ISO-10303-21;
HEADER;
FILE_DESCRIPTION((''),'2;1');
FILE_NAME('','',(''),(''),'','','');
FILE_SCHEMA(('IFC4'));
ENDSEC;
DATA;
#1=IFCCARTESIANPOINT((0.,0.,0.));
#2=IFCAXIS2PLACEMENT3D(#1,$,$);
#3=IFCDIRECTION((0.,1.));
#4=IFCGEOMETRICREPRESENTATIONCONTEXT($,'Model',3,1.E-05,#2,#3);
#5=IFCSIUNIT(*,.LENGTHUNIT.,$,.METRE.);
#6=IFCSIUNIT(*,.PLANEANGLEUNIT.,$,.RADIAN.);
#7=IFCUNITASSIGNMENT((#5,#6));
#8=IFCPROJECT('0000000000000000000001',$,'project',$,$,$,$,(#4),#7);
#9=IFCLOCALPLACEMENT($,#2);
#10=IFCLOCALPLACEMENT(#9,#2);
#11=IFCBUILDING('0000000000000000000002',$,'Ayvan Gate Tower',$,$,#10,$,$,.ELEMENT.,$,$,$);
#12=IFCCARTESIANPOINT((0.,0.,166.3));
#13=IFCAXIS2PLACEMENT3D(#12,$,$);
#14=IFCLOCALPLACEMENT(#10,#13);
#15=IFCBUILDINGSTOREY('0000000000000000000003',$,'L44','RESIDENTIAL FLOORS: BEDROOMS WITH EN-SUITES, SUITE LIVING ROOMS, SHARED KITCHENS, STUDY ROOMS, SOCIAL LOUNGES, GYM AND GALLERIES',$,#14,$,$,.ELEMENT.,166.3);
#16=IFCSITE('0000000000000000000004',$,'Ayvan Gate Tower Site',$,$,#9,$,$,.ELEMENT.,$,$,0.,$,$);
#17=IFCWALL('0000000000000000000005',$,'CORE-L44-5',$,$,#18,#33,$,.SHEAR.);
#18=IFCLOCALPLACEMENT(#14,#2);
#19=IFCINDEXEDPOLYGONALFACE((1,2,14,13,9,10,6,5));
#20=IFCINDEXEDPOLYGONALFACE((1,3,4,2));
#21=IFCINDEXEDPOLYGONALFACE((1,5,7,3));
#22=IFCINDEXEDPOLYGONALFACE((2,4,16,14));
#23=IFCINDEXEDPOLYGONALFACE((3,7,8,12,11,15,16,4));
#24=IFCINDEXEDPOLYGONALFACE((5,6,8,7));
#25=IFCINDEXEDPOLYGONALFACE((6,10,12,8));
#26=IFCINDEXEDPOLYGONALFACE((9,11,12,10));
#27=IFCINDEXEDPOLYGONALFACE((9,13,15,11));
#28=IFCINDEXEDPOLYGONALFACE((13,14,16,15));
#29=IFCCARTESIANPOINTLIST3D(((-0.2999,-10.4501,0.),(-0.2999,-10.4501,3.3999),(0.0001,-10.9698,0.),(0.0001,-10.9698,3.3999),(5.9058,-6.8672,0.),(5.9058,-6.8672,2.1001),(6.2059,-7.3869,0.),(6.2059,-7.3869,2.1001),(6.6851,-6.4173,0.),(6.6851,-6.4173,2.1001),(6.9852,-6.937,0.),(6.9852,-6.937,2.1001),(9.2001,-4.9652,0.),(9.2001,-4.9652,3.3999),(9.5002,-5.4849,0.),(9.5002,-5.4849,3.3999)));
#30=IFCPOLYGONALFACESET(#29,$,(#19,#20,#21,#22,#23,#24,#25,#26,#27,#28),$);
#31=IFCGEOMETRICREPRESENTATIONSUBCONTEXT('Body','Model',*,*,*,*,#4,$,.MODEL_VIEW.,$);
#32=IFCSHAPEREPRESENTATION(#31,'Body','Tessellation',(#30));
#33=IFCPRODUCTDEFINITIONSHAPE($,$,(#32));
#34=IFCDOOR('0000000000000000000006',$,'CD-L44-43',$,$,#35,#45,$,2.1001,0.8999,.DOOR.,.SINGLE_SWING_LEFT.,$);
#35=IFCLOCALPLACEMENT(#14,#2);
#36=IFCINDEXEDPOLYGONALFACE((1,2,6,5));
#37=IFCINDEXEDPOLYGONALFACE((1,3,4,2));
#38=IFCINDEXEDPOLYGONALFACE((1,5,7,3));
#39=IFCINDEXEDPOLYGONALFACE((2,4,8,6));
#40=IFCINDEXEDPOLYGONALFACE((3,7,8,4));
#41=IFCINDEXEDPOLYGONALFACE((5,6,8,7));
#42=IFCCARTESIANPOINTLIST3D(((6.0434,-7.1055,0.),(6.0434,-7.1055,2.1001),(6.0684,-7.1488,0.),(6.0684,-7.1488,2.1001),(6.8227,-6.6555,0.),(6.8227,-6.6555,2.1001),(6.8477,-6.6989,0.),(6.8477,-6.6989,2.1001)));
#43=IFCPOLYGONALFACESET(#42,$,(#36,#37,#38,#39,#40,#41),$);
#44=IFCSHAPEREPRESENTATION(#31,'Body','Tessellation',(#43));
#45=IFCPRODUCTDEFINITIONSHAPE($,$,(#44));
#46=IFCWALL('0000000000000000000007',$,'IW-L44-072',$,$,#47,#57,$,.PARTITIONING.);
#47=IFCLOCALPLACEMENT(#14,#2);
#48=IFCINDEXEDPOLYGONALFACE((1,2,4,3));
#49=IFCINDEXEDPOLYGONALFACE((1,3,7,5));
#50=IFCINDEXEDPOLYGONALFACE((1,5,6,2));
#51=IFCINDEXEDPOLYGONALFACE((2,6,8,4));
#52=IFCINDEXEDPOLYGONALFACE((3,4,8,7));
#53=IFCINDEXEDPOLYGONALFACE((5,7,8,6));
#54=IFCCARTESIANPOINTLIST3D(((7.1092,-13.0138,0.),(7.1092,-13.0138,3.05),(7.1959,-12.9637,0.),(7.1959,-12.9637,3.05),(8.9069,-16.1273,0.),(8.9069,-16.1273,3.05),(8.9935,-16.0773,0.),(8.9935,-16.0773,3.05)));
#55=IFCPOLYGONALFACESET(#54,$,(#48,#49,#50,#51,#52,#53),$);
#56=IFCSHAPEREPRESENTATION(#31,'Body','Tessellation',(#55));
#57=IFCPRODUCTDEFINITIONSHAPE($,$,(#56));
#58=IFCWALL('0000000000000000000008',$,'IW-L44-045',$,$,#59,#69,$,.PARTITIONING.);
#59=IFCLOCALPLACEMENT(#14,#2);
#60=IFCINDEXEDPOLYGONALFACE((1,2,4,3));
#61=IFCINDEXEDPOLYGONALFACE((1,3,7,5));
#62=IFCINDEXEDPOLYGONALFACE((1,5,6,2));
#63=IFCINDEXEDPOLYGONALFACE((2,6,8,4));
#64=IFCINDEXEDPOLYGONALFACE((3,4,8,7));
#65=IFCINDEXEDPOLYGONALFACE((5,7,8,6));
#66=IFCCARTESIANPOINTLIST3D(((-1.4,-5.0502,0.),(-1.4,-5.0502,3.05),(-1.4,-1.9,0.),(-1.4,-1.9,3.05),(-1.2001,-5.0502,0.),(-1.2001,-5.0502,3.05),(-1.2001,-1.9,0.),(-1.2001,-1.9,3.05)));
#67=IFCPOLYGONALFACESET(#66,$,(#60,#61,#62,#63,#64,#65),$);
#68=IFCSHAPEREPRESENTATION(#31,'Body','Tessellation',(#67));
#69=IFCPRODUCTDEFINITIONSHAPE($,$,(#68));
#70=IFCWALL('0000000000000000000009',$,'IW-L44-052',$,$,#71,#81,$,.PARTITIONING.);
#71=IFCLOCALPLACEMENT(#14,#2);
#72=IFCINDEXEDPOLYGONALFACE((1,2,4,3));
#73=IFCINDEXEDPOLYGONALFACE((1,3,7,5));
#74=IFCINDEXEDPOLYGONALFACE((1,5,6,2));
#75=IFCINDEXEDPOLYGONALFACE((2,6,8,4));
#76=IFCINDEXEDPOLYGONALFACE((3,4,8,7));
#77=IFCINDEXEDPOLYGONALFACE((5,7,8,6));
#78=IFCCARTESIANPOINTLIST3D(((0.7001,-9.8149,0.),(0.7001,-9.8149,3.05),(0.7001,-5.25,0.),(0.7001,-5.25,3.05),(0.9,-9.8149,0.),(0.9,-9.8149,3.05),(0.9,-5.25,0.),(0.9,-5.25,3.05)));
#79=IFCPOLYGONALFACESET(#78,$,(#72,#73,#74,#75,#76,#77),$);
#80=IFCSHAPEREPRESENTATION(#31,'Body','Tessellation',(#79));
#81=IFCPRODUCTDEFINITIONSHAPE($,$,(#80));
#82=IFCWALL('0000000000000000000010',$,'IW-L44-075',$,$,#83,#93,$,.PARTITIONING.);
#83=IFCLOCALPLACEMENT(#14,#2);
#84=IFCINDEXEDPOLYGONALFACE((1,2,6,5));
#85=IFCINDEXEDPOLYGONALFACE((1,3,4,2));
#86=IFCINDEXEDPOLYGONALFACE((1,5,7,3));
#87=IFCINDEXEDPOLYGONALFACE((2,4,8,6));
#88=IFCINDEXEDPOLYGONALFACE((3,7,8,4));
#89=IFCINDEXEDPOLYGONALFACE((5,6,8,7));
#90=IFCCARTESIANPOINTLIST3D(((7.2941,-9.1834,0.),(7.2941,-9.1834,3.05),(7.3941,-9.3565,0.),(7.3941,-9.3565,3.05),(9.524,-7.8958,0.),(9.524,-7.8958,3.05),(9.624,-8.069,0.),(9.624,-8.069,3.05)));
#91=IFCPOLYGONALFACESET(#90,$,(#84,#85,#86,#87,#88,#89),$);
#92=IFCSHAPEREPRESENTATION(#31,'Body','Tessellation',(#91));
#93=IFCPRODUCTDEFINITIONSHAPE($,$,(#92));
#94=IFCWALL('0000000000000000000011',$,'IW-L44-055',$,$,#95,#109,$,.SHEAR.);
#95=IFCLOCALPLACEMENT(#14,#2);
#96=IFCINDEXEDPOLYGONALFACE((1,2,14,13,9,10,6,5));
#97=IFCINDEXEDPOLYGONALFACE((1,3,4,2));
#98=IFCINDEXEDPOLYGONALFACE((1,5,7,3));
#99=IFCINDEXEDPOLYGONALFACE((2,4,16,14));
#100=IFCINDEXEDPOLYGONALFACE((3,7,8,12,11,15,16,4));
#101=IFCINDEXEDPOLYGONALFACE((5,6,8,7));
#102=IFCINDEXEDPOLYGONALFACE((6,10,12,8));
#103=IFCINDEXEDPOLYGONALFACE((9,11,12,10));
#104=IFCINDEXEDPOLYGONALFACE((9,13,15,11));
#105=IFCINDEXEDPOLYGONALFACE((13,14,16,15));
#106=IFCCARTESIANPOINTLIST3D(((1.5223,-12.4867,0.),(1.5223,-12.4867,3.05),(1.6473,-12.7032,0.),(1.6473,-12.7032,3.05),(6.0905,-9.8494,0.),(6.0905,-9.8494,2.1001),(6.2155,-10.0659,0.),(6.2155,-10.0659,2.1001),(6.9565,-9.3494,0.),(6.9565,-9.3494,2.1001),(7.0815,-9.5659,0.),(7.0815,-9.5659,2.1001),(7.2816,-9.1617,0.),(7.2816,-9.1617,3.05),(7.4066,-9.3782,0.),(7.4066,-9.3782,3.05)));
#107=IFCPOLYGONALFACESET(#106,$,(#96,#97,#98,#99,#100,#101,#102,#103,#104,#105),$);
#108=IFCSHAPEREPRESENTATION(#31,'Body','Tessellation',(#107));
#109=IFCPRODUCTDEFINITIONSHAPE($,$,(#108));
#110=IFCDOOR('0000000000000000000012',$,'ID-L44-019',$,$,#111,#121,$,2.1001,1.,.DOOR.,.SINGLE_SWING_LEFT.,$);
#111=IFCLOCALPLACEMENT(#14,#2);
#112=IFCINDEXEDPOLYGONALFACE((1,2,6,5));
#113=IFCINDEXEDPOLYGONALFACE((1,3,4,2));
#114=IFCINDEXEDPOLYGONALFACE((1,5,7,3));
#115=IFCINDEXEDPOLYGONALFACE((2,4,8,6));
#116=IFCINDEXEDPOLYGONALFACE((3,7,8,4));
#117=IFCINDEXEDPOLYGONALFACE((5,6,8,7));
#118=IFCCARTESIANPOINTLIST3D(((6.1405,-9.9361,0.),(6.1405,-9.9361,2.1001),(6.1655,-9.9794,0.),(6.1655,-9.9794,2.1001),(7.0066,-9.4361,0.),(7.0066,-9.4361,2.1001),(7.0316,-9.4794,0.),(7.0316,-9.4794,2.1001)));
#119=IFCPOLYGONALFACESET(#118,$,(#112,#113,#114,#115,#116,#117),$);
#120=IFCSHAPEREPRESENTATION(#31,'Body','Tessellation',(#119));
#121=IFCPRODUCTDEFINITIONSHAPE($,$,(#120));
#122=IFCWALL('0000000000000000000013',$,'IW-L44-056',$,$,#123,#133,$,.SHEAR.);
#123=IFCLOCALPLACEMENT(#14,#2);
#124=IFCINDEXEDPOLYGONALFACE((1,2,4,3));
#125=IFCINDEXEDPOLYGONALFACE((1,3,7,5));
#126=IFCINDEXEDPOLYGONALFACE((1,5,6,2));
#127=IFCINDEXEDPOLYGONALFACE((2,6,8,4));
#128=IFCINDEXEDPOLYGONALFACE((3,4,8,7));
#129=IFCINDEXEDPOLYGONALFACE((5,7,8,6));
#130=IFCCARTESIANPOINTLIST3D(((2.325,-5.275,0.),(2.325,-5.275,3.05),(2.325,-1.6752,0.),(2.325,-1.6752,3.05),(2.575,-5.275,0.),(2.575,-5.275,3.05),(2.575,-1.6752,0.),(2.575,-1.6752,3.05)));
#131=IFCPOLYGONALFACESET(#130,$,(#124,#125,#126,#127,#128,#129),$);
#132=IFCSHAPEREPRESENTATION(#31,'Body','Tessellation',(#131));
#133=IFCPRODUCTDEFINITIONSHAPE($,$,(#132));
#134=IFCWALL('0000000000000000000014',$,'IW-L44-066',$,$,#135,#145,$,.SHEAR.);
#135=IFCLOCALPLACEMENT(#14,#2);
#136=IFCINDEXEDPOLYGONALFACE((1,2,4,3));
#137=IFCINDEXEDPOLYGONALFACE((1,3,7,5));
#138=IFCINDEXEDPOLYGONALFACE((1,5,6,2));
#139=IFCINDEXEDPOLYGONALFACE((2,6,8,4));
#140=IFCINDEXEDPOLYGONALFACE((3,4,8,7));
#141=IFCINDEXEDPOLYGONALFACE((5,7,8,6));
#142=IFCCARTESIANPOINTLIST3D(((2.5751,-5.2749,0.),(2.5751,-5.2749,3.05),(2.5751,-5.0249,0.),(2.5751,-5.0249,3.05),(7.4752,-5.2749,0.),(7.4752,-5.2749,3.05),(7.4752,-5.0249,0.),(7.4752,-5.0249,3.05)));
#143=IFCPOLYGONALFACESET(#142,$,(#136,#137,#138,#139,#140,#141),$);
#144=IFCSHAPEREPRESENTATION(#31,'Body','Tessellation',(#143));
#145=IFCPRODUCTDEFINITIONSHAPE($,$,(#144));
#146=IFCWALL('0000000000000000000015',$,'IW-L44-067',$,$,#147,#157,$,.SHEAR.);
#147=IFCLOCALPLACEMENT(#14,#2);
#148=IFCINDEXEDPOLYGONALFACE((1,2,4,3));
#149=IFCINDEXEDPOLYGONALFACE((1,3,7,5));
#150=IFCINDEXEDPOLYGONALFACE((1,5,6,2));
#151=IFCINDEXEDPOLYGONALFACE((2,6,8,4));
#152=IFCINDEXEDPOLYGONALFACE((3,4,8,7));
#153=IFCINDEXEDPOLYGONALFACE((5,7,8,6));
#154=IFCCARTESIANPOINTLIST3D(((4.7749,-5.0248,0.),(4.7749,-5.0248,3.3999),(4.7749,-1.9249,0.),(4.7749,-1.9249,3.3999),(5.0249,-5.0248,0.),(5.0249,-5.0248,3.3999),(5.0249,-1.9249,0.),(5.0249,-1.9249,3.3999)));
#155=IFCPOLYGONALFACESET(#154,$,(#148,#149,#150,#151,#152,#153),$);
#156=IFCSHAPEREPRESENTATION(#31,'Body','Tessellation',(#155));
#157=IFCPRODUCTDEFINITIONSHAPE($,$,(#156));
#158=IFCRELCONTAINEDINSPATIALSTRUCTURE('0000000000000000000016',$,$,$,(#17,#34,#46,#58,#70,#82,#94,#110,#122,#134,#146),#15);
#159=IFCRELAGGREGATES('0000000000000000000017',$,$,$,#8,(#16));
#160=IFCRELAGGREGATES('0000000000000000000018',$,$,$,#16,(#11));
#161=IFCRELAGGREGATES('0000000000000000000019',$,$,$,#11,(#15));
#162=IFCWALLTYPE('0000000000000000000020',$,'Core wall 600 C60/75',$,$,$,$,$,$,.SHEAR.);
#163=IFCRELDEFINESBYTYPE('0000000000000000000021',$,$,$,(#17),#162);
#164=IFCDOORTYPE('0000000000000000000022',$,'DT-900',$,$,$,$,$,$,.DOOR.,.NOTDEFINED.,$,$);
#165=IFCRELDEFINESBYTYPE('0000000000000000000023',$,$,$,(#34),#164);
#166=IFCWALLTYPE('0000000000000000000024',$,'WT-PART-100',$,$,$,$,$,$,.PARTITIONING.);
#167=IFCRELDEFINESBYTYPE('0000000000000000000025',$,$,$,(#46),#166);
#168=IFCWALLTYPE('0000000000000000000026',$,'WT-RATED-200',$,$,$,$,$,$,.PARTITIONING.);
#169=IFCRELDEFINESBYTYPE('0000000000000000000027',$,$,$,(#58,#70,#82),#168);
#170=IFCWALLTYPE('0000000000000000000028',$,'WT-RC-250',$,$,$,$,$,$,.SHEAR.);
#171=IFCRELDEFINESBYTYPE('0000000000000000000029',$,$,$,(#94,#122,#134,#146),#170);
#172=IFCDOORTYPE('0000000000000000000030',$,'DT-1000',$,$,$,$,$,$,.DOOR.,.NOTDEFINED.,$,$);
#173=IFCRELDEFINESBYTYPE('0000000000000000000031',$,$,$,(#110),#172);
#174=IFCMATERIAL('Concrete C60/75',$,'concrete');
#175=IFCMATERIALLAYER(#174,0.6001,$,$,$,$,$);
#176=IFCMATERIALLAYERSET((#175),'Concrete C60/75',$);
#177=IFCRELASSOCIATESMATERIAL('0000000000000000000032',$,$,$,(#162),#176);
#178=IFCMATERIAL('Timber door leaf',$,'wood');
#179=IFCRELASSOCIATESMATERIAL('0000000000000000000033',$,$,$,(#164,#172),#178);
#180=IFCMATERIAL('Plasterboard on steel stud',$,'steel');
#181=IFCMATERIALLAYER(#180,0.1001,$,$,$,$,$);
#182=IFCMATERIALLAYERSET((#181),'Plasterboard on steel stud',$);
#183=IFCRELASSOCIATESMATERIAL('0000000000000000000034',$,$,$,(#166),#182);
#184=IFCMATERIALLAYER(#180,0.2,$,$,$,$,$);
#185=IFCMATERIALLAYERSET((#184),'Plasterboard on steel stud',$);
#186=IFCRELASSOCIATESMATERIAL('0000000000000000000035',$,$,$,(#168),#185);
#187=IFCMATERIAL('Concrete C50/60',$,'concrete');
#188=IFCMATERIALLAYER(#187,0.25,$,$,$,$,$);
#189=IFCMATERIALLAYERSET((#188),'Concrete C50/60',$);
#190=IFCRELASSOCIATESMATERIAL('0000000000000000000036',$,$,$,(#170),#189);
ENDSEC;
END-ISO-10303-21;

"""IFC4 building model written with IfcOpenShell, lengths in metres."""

from ifc_helpers import new_model, si_unit, direction, frame, frame_2d, origin, place, context, subcontext, project, spatial, rectangle, extrude, material, layer, layer_set, type_object, element, fill, save


model = new_model("IFC4")

# Units and contexts
model_context = context("Model", 3, precision=1e-05, world=origin(), true_north=direction((0.0, 1.0)))
body_context = subcontext(model_context, "Body", "Model", "MODEL_VIEW")
ifc_project = project(units=[si_unit("LENGTHUNIT", "METRE"), si_unit("PLANEANGLEUNIT", "RADIAN")], contexts=[model_context])

# Site, building, storey
site_placement = place(None, origin())
site = spatial("IfcSite", under=ifc_project, at=site_placement, Name="Ayvan Gate Tower Site", CompositionType="ELEMENT", RefElevation=0.0)
building_placement = place(site_placement, origin())
building = spatial("IfcBuilding", under=site, at=building_placement, Name="Ayvan Gate Tower", CompositionType="ELEMENT")
storey_placement = place(building_placement, frame((0.0, 0.0, 166.3)))
storey = spatial("IfcBuildingStorey", under=building, at=storey_placement, Name="L44", Description="RESIDENTIAL FLOORS: BEDROOMS WITH EN-SUITES, SUITE LIVING ROOMS, SHARED KITCHENS, STUDY ROOMS, SOCIAL LOUNGES, GYM AND GALLERIES", CompositionType="ELEMENT", Elevation=166.3)

# Wall, opening, door
ifc_material_1 = material(Name="Concrete C60/75", Category="concrete")
ifc_layer_1 = layer(ifc_material_1, 0.6001)
ifc_layer_set_1 = layer_set([ifc_layer_1], Name="Concrete C60/75")
wall_type_1 = type_object("IfcWallType", Name="Core wall 600 C60/75", PredefinedType="SHEAR", material=ifc_layer_set_1)
wall_1_placement = place(storey_placement, frame((-0.1499, -10.71, 0.0), z_axis=(0.0, 0.0, 1.0), x_axis=(0.866024, 0.500002, 0.0)))
wall_1 = element("IfcWall", 1, at=wall_1_placement, inside=storey, type_object=wall_type_1, Name="CORE-L44-5", PredefinedType="SHEAR", context=body_context, shape_type="SweptSolid", body=[
    extrude(rectangle(XDim=10.9697, YDim=0.6001, at=frame_2d((5.4849, 0.0))), origin(), (0.0, 0.0, 1.0), 3.3999),
])
opening_1_placement = place(wall_1_placement, frame((7.1658, 0.0, 0.0)))
opening_1 = element("IfcOpeningElement", 2, at=opening_1_placement, cuts=wall_1, PredefinedType="OPENING", context=body_context, shape_type="SweptSolid", body=[
    extrude(rectangle(XDim=0.8999, YDim=2.1001, at=frame_2d((0.45, 1.05))), frame((0.0, 0.3101, 0.0), z_axis=(0.0, -1.0, 0.0), x_axis=(1.0, 0.0, 0.0)), (0.0, 0.0, 1.0), 0.6201),
])
ifc_material_2 = material(Name="Timber door leaf", Category="wood")
door_type_1 = type_object("IfcDoorType", Name="DT-900", OperationType="NOTDEFINED", PredefinedType="DOOR", material=ifc_material_2)
door_1_placement = place(opening_1_placement, origin())
door_1 = element("IfcDoor", 3, at=door_1_placement, inside=storey, type_object=door_type_1, Name="CD-L44-43", OperationType="SINGLE_SWING_LEFT", OverallHeight=2.1001, OverallWidth=0.8999, PredefinedType="DOOR", context=body_context, shape_type="SweptSolid", body=[
    extrude(rectangle(XDim=0.8999, YDim=2.1001, at=frame_2d((0.45, 1.05))), frame((0.0, 0.0249, 0.0), z_axis=(0.0, -1.0, 0.0), x_axis=(1.0, 0.0, 0.0)), (0.0, 0.0, 1.0), 0.05),
])
fill(opening_1, door_1)

# Walls
ifc_material_3 = material(Name="Plasterboard on steel stud", Category="steel")
ifc_layer_2 = layer(ifc_material_3, 0.1001)
ifc_layer_set_2 = layer_set([ifc_layer_2], Name="Plasterboard on steel stud")
wall_type_2 = type_object("IfcWallType", Name="WT-PART-100", PredefinedType="PARTITIONING", material=ifc_layer_set_2)
wall_2_placement = place(storey_placement, frame((7.1526, -12.9888, 0.0), z_axis=(0.0, 0.0, 1.0), x_axis=(0.500003, -0.866024, 0.0)))
element("IfcWall", 4, at=wall_2_placement, inside=storey, type_object=wall_type_2, Name="IW-L44-072", PredefinedType="PARTITIONING", context=body_context, shape_type="SweptSolid", body=[
    extrude(rectangle(XDim=3.5952, YDim=0.1001, at=frame_2d((1.7976, 0.0))), origin(), (0.0, 0.0, 1.0), 3.05),
])
ifc_layer_3 = layer(ifc_material_3, 0.2)
ifc_layer_set_3 = layer_set([ifc_layer_3], Name="Plasterboard on steel stud")
wall_type_3 = type_object("IfcWallType", Name="WT-RATED-200", PredefinedType="PARTITIONING", material=ifc_layer_set_3)
wall_3_placement = place(storey_placement, frame((-1.3, -1.8999, 0.0), z_axis=(0.0, 0.0, 1.0), x_axis=(0.0, -1.0, 0.0)))
element("IfcWall", 5, at=wall_3_placement, inside=storey, type_object=wall_type_3, Name="IW-L44-045", PredefinedType="PARTITIONING", context=body_context, shape_type="SweptSolid", body=[
    extrude(rectangle(XDim=3.1501, YDim=0.2, at=frame_2d((1.5752, 0.0))), origin(), (0.0, 0.0, 1.0), 3.05),
])
wall_4_placement = place(storey_placement, frame((0.8, -5.25, 0.0), z_axis=(0.0, 0.0, 1.0), x_axis=(0.0, -1.0, 0.0)))
element("IfcWall", 6, at=wall_4_placement, inside=storey, type_object=wall_type_3, Name="IW-L44-052", PredefinedType="PARTITIONING", context=body_context, shape_type="SweptSolid", body=[
    extrude(rectangle(XDim=4.5649, YDim=0.2, at=frame_2d((2.2825, 0.0))), origin(), (0.0, 0.0, 1.0), 3.05),
])
wall_5_placement = place(storey_placement, frame((7.344, -9.27, 0.0), z_axis=(0.0, 0.0, 1.0), x_axis=(0.866006, 0.500034, 0.0)))
element("IfcWall", 7, at=wall_5_placement, inside=storey, type_object=wall_type_3, Name="IW-L44-075", PredefinedType="PARTITIONING", context=body_context, shape_type="SweptSolid", body=[
    extrude(rectangle(XDim=2.575, YDim=0.2, at=frame_2d((1.2876, 0.0))), origin(), (0.0, 0.0, 1.0), 3.05),
])

# Wall, opening, door
ifc_material_4 = material(Name="Concrete C50/60", Category="concrete")
ifc_layer_4 = layer(ifc_material_4, 0.25)
ifc_layer_set_4 = layer_set([ifc_layer_4], Name="Concrete C50/60")
wall_type_4 = type_object("IfcWallType", Name="WT-RC-250", PredefinedType="SHEAR", material=ifc_layer_set_4)
wall_6_placement = place(storey_placement, frame((1.5847, -12.595, 0.0), z_axis=(0.0, 0.0, 1.0), x_axis=(0.866036, 0.499981, 0.0)))
wall_6 = element("IfcWall", 8, at=wall_6_placement, inside=storey, type_object=wall_type_4, Name="IW-L44-055", PredefinedType="SHEAR", context=body_context, shape_type="SweptSolid", body=[
    extrude(rectangle(XDim=6.6501, YDim=0.25, at=frame_2d((3.3252, 0.0))), origin(), (0.0, 0.0, 1.0), 3.05),
])
opening_2_placement = place(wall_6_placement, frame((5.2749, 0.0, 0.0)))
opening_2 = element("IfcOpeningElement", 9, at=opening_2_placement, cuts=wall_6, PredefinedType="OPENING", context=body_context, shape_type="SweptSolid", body=[
    extrude(rectangle(XDim=1.0, YDim=2.1001, at=frame_2d((0.5, 1.05))), frame((0.0, 0.135, 0.0), z_axis=(0.0, -1.0, 0.0), x_axis=(1.0, 0.0, 0.0)), (0.0, 0.0, 1.0), 0.27),
])
door_type_2 = type_object("IfcDoorType", Name="DT-1000", OperationType="NOTDEFINED", PredefinedType="DOOR", material=ifc_material_2)
door_2_placement = place(opening_2_placement, origin())
door_2 = element("IfcDoor", 10, at=door_2_placement, inside=storey, type_object=door_type_2, Name="ID-L44-019", OperationType="SINGLE_SWING_LEFT", OverallHeight=2.1001, OverallWidth=1.0, PredefinedType="DOOR", context=body_context, shape_type="SweptSolid", body=[
    extrude(rectangle(XDim=1.0, YDim=2.1001, at=frame_2d((0.5, 1.05))), frame((0.0, 0.0249, 0.0), z_axis=(0.0, -1.0, 0.0), x_axis=(1.0, 0.0, 0.0)), (0.0, 0.0, 1.0), 0.05),
])
fill(opening_2, door_2)

# Walls
wall_7_placement = place(storey_placement, frame((2.45, -5.2749, 0.0), z_axis=(0.0, 0.0, 1.0), x_axis=(0.0, 1.0, 0.0)))
element("IfcWall", 11, at=wall_7_placement, inside=storey, type_object=wall_type_4, Name="IW-L44-056", PredefinedType="SHEAR", context=body_context, shape_type="SweptSolid", body=[
    extrude(rectangle(XDim=3.5999, YDim=0.25, at=frame_2d((1.7998, 0.0))), origin(), (0.0, 0.0, 1.0), 3.05),
])
wall_8_placement = place(storey_placement, frame((2.575, -5.1499, 0.0), z_axis=(0.0, 0.0, 1.0), x_axis=(1.0, 0.0, 0.0)))
element("IfcWall", 12, at=wall_8_placement, inside=storey, type_object=wall_type_4, Name="IW-L44-066", PredefinedType="SHEAR", context=body_context, shape_type="SweptSolid", body=[
    extrude(rectangle(XDim=4.9001, YDim=0.25, at=frame_2d((2.4502, 0.0))), origin(), (0.0, 0.0, 1.0), 3.05),
])
wall_9_placement = place(storey_placement, frame((4.8999, -1.925, 0.0), z_axis=(0.0, 0.0, 1.0), x_axis=(0.0, -1.0, 0.0)))
element("IfcWall", 13, at=wall_9_placement, inside=storey, type_object=wall_type_4, Name="IW-L44-067", PredefinedType="SHEAR", context=body_context, shape_type="SweptSolid", body=[
    extrude(rectangle(XDim=3.0999, YDim=0.25, at=frame_2d((1.5498, 0.0))), origin(), (0.0, 0.0, 1.0), 3.3999),
])

save(model, "model.ifc")
